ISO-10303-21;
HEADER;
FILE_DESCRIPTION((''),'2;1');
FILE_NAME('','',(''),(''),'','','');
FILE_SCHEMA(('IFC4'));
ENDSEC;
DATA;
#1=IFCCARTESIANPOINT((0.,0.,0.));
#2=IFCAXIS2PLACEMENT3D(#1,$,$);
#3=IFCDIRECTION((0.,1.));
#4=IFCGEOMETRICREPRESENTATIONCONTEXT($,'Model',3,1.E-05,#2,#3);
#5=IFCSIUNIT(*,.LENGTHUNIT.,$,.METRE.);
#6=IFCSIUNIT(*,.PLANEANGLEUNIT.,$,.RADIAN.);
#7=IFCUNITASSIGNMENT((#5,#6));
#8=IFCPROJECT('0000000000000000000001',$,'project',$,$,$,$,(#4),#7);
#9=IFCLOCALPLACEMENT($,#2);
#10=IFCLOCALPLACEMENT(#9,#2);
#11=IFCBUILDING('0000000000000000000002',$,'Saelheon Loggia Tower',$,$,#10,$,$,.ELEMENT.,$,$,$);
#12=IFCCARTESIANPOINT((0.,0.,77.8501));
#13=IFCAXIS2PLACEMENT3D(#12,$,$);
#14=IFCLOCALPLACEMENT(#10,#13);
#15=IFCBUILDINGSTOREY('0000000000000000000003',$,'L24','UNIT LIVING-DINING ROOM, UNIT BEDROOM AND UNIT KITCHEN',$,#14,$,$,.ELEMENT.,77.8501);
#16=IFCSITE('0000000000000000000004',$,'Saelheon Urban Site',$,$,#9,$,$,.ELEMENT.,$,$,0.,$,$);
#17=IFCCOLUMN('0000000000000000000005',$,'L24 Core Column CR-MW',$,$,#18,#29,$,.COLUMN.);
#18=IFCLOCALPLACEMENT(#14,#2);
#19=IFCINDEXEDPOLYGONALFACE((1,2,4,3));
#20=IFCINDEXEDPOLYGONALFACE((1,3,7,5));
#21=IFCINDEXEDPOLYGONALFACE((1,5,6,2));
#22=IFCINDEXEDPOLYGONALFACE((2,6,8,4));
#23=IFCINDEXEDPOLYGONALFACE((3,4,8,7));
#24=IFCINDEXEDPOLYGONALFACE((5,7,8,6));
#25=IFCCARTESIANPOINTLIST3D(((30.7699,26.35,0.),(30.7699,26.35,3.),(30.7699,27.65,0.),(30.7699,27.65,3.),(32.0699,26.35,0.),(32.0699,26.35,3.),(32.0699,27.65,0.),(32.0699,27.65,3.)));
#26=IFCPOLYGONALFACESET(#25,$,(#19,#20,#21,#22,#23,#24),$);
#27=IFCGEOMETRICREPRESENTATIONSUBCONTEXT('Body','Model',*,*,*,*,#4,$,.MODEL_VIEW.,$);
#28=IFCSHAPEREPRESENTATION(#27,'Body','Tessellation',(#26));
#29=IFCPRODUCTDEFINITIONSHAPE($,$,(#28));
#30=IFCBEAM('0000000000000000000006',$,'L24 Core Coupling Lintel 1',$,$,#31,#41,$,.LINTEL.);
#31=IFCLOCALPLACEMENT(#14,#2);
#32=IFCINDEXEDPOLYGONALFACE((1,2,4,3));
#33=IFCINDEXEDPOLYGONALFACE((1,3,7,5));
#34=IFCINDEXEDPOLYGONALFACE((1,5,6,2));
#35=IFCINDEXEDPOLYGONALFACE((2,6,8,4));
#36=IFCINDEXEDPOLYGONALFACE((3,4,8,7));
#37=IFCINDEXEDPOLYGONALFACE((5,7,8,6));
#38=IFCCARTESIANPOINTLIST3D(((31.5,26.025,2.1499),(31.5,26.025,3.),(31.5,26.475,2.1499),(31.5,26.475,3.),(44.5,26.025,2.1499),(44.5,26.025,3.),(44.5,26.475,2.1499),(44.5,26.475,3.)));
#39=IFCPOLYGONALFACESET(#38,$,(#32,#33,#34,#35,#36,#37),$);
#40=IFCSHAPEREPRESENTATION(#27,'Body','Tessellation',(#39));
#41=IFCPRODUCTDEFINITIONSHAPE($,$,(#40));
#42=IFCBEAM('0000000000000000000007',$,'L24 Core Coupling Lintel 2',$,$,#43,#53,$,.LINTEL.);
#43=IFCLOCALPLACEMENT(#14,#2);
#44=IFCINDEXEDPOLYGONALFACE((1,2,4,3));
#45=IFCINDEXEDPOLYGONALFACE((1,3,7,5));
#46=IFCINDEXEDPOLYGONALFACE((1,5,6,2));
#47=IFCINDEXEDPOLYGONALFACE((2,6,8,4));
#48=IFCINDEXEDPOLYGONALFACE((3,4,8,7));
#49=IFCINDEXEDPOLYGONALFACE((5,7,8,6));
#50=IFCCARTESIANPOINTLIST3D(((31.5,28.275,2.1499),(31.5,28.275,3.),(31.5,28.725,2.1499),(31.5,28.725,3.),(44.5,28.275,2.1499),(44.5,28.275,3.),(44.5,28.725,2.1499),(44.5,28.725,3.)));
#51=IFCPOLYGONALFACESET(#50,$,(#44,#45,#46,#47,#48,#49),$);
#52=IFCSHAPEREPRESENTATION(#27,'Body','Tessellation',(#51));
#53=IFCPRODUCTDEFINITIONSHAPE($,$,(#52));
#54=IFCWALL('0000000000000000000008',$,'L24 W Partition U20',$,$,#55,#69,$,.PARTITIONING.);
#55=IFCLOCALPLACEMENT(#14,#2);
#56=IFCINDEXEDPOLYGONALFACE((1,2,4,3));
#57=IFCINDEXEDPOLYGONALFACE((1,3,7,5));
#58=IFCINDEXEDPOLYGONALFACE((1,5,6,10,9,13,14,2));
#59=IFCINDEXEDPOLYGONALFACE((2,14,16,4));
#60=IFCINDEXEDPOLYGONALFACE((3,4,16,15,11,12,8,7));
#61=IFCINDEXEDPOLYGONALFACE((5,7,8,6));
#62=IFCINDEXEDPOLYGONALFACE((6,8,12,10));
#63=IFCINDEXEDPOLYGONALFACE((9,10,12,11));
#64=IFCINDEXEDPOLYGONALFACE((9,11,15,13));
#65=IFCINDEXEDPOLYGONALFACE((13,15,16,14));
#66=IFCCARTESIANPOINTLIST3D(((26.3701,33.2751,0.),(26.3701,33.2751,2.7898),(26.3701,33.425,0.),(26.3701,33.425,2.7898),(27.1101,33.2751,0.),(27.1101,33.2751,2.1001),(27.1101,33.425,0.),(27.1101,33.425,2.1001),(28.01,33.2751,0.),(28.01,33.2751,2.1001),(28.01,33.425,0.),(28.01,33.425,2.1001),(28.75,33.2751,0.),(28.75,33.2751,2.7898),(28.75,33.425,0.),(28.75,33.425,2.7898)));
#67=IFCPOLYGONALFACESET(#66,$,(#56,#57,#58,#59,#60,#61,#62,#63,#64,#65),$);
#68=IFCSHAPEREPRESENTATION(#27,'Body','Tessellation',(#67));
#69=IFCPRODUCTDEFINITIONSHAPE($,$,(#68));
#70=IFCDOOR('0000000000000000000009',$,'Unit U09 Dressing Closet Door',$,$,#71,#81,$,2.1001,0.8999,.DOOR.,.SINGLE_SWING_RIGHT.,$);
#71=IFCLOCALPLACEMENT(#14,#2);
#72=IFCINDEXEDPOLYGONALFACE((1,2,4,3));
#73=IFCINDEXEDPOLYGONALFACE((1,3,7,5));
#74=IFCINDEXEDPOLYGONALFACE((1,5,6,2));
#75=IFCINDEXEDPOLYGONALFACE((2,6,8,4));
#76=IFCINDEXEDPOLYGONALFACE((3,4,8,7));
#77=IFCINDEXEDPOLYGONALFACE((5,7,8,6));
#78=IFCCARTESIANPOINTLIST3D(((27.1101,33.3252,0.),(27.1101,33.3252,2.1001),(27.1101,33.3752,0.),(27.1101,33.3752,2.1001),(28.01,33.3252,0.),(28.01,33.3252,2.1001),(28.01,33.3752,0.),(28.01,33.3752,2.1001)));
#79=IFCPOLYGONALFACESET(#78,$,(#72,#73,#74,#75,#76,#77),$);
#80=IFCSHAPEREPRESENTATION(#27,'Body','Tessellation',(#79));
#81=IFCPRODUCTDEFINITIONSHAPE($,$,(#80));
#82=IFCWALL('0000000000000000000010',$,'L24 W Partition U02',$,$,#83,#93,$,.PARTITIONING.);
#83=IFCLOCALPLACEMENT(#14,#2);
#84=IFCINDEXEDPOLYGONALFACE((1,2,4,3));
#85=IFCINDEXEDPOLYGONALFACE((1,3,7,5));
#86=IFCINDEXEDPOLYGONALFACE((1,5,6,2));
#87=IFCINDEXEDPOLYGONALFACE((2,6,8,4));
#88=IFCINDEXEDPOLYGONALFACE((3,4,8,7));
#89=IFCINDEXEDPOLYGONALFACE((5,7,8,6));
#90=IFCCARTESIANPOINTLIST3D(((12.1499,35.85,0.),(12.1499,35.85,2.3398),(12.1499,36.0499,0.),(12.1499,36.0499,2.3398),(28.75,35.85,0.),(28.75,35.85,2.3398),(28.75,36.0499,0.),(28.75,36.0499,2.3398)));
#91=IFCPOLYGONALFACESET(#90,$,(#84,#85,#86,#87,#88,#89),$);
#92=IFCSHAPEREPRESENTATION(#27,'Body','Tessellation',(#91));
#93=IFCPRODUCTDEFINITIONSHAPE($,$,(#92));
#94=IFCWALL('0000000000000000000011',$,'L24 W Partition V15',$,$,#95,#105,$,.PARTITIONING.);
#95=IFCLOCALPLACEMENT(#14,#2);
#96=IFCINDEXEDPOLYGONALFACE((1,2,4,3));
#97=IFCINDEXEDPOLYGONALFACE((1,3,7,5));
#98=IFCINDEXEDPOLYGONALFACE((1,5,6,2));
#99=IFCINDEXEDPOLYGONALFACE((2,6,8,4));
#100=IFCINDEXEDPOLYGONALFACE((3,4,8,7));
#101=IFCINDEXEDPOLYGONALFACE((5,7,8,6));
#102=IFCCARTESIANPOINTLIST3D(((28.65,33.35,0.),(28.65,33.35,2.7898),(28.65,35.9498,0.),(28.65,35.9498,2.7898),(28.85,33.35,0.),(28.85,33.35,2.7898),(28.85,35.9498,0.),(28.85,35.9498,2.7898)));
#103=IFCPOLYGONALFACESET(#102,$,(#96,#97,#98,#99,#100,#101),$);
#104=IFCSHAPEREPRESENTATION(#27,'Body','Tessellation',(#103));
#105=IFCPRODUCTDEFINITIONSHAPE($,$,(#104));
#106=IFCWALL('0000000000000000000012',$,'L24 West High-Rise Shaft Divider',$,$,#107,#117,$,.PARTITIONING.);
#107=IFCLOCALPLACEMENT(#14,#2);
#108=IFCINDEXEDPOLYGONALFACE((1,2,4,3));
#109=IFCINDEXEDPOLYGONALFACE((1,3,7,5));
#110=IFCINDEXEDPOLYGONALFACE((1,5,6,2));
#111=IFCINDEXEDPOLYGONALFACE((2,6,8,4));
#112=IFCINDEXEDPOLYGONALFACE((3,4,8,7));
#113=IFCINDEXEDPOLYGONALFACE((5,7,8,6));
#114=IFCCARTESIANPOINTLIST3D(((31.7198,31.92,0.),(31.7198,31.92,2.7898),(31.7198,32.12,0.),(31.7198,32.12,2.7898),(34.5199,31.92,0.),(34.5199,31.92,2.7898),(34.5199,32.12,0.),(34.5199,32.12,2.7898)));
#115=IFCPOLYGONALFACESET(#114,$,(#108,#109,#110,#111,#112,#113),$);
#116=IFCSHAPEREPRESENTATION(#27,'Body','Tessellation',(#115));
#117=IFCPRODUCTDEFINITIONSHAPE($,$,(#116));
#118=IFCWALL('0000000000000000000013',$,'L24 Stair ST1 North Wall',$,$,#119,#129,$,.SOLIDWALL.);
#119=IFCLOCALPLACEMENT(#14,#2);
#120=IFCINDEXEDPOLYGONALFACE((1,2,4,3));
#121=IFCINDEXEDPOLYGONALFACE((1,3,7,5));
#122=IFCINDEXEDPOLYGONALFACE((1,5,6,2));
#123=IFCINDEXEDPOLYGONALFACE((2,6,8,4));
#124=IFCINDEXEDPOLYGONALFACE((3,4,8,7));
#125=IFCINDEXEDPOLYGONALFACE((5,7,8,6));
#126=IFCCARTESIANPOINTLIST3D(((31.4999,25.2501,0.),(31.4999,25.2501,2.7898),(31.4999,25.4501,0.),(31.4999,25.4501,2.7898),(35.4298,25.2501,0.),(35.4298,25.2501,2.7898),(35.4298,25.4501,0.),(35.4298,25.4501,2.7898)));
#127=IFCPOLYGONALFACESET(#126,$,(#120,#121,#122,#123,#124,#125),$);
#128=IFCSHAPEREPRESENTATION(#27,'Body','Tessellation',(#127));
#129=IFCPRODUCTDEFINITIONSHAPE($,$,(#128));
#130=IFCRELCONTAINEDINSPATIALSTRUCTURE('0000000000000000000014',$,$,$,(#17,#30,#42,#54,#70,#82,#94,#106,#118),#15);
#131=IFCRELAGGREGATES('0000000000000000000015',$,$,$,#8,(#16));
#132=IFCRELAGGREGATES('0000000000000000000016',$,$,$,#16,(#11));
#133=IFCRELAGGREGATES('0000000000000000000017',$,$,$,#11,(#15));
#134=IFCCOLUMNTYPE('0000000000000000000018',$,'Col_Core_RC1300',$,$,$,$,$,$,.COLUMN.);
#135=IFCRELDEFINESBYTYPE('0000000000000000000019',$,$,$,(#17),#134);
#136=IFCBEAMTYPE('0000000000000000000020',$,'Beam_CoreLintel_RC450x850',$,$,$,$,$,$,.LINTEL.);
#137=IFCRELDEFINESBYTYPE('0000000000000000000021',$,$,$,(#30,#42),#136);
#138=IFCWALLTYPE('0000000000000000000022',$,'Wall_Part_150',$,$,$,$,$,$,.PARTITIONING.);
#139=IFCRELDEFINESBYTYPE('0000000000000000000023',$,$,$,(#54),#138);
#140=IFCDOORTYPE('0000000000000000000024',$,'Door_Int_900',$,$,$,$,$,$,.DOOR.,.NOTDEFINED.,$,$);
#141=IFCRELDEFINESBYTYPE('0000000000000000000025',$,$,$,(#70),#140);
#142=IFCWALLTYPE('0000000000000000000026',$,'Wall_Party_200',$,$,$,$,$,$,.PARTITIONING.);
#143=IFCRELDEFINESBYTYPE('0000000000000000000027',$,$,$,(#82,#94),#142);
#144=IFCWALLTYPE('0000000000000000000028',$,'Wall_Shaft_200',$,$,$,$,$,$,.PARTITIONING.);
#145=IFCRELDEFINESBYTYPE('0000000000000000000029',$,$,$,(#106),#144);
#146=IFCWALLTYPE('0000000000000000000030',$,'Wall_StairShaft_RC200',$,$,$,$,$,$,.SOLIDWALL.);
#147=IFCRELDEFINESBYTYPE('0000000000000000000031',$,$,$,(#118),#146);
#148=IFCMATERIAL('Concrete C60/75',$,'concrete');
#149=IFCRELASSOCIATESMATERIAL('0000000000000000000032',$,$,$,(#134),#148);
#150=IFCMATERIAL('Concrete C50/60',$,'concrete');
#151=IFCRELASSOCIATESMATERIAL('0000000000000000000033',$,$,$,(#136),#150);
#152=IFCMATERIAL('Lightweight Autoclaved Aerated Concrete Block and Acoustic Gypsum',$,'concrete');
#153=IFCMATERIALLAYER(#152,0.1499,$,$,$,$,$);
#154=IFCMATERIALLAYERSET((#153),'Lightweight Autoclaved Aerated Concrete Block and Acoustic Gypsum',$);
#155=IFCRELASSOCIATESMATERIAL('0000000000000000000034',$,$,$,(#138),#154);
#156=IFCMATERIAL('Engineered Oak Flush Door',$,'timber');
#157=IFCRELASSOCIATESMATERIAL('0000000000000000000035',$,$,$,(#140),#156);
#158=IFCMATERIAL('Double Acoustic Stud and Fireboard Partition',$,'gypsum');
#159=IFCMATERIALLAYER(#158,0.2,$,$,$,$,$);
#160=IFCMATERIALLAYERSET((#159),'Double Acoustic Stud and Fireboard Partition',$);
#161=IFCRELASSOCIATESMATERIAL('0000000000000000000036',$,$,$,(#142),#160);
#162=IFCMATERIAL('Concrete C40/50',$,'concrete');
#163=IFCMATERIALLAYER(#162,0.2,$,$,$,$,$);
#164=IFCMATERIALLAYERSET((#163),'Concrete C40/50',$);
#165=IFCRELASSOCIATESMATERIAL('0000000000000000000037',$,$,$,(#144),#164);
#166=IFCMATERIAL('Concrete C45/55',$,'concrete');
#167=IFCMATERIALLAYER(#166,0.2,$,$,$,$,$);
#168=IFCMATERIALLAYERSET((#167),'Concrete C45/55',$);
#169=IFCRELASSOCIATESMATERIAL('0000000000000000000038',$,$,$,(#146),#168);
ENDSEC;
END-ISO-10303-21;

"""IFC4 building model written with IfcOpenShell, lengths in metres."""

from ifc_helpers import new_model, si_unit, direction, frame, frame_2d, origin, origin_2d, place, context, subcontext, project, spatial, rectangle, extrude, source, transform, mapped, material, layer, layer_set, material_profile, profile_set, type_object, element, fill, save


model = new_model("IFC4")

# Units and contexts
model_context = context("Model", 3, precision=1e-05, world=origin(), true_north=direction((0.0, 1.0)))
body_context = subcontext(model_context, "Body", "Model", "MODEL_VIEW")
ifc_project = project(units=[si_unit("LENGTHUNIT", "METRE"), si_unit("PLANEANGLEUNIT", "RADIAN")], contexts=[model_context])

# Site, building, storey
site_placement = place(None, origin())
site = spatial("IfcSite", under=ifc_project, at=site_placement, Name="Saelheon Urban Site", CompositionType="ELEMENT", RefElevation=0.0)
building_placement = place(site_placement, origin())
building = spatial("IfcBuilding", under=site, at=building_placement, Name="Saelheon Loggia Tower", CompositionType="ELEMENT")
storey_placement = place(building_placement, frame((0.0, 0.0, 77.8501)))
storey = spatial("IfcBuildingStorey", under=building, at=storey_placement, Name="L24", Description="UNIT LIVING-DINING ROOM, UNIT BEDROOM AND UNIT KITCHEN", CompositionType="ELEMENT", Elevation=77.8501)

# Column
ifc_material_1 = material(Name="Concrete C60/75", Category="concrete")
ifc_material_profile_1 = material_profile(ifc_material_1, rectangle(XDim=1.3, YDim=1.3, at=origin_2d()), Name="RC-1300x1300")
ifc_profile_set_1 = profile_set([ifc_material_profile_1], Name="Concrete C60/75")
column_type = type_object("IfcColumnType", Name="Col_Core_RC1300", PredefinedType="COLUMN", material=ifc_profile_set_1)
shared_shape_1 = source(origin(), body_context, "Body", "SweptSolid", [
    extrude(rectangle(XDim=1.3, YDim=1.3, at=origin_2d()), origin(), (0.0, 0.0, 1.0), 3.0),
])
column_placement = place(storey_placement, frame((31.4199, 27.0, 0.0), z_axis=(0.0, 0.0, 1.0), x_axis=(1.0, 0.0, 0.0)))
element("IfcColumn", 1, at=column_placement, inside=storey, type_object=column_type, Name="L24 Core Column CR-MW", PredefinedType="COLUMN", context=body_context, shape_type="MappedRepresentation", body=[
    mapped(shared_shape_1, transform((0.0, 0.0, 0.0), scale=1.0)),
])

# Beams
ifc_material_2 = material(Name="Concrete C50/60", Category="concrete")
ifc_material_profile_2 = material_profile(ifc_material_2, rectangle(XDim=0.45, YDim=0.8501, at=origin_2d()), Name="RC-450x850")
ifc_profile_set_2 = profile_set([ifc_material_profile_2], Name="Concrete C50/60")
beam_type = type_object("IfcBeamType", Name="Beam_CoreLintel_RC450x850", PredefinedType="LINTEL", material=ifc_profile_set_2)
shared_shape_2 = source(origin(), body_context, "Body", "SweptSolid", [
    extrude(rectangle(XDim=0.45, YDim=0.8501, at=origin_2d()), origin(), (0.0, 0.0, 1.0), 13.0),
])
for number, where, z_axis, x_axis, name in (
    (2, (31.5, 26.25, 2.575), (1.0, 0.0, 0.0), (0.0, 1.0, 0.0), "L24 Core Coupling Lintel 1"),
    (3, (31.5, 28.5, 2.575), (1.0, 0.0, 0.0), (0.0, 1.0, 0.0), "L24 Core Coupling Lintel 2"),
):
    element("IfcBeam", number, at=place(storey_placement, frame(where, z_axis=z_axis, x_axis=x_axis)), inside=storey, type_object=beam_type, Name=name, PredefinedType="LINTEL", context=body_context, shape_type="MappedRepresentation", body=[
        mapped(shared_shape_2, transform((0.0, 0.0, 0.0), scale=1.0)),
    ])

# Wall, opening, door
ifc_material_3 = material(Name="Lightweight Autoclaved Aerated Concrete Block and Acoustic Gypsum", Category="concrete")
ifc_layer_1 = layer(ifc_material_3, 0.1499)
ifc_layer_set_1 = layer_set([ifc_layer_1], Name="Lightweight Autoclaved Aerated Concrete Block and Acoustic Gypsum")
wall_type_1 = type_object("IfcWallType", Name="Wall_Part_150", PredefinedType="PARTITIONING", material=ifc_layer_set_1)
wall_1_placement = place(storey_placement, frame((28.75, 33.3501, 0.0), z_axis=(0.0, 0.0, 1.0), x_axis=(-1.0, 0.0, 0.0)))
wall_1 = element("IfcWall", 4, at=wall_1_placement, inside=storey, type_object=wall_type_1, Name="L24 W Partition U20", PredefinedType="PARTITIONING", context=body_context, shape_type="SweptSolid", body=[
    extrude(rectangle(XDim=2.3799, YDim=0.1499, at=frame_2d((1.1899, 0.0))), origin(), (0.0, 0.0, 1.0), 2.7898),
])
opening_1_placement = place(wall_1_placement, frame((0.74, 0.0, 0.0)))
opening_1 = element("IfcOpeningElement", 5, at=opening_1_placement, cuts=wall_1, PredefinedType="OPENING", context=body_context, shape_type="SweptSolid", body=[
    extrude(rectangle(XDim=0.8999, YDim=2.1001, at=frame_2d((0.45, 1.05))), frame((0.0, 0.0869, 0.0), z_axis=(0.0, -1.0, 0.0), x_axis=(1.0, 0.0, 0.0)), (0.0, 0.0, 1.0), 0.1738),
])
ifc_material_4 = material(Name="Engineered Oak Flush Door", Category="timber")
door_type_1 = type_object("IfcDoorType", Name="Door_Int_900", OperationType="NOTDEFINED", PredefinedType="DOOR", material=ifc_material_4)
shared_shape_3 = source(origin(), body_context, "Body", "SweptSolid", [
    extrude(rectangle(XDim=0.8999, YDim=2.1001, at=frame_2d((0.45, 1.05))), frame((0.0, 0.0249, 0.0), z_axis=(0.0, -1.0, 0.0), x_axis=(1.0, 0.0, 0.0)), (0.0, 0.0, 1.0), 0.05),
])
door_1_placement = place(opening_1_placement, origin())
door_1 = element("IfcDoor", 6, at=door_1_placement, inside=storey, type_object=door_type_1, Name="Unit U09 Dressing Closet Door", OperationType="SINGLE_SWING_RIGHT", OverallHeight=2.1001, OverallWidth=0.8999, PredefinedType="DOOR", context=body_context, shape_type="MappedRepresentation", body=[
    mapped(shared_shape_3, transform((0.0, 0.0, 0.0), scale=1.0)),
])
fill(opening_1, door_1)

# Walls
ifc_material_5 = material(Name="Double Acoustic Stud and Fireboard Partition", Category="gypsum")
ifc_layer_2 = layer(ifc_material_5, 0.2)
ifc_layer_set_2 = layer_set([ifc_layer_2], Name="Double Acoustic Stud and Fireboard Partition")
wall_type_2 = type_object("IfcWallType", Name="Wall_Party_200", PredefinedType="PARTITIONING", material=ifc_layer_set_2)
wall_2_placement = place(storey_placement, frame((28.75, 35.95, 0.0), z_axis=(0.0, 0.0, 1.0), x_axis=(-1.0, 0.0, 0.0)))
element("IfcWall", 7, at=wall_2_placement, inside=storey, type_object=wall_type_2, Name="L24 W Partition U02", PredefinedType="PARTITIONING", context=body_context, shape_type="SweptSolid", body=[
    extrude(rectangle(XDim=16.6001, YDim=0.2, at=frame_2d((8.3, 0.0))), origin(), (0.0, 0.0, 1.0), 2.3398),
])
wall_3_placement = place(storey_placement, frame((28.75, 33.3501, 0.0), z_axis=(0.0, 0.0, 1.0), x_axis=(0.0, 1.0, 0.0)))
element("IfcWall", 8, at=wall_3_placement, inside=storey, type_object=wall_type_2, Name="L24 W Partition V15", PredefinedType="PARTITIONING", context=body_context, shape_type="SweptSolid", body=[
    extrude(rectangle(XDim=2.5999, YDim=0.2, at=frame_2d((1.2998, 0.0))), origin(), (0.0, 0.0, 1.0), 2.7898),
])

# Shared definitions
ifc_material_6 = material(Name="Concrete C40/50", Category="concrete")
ifc_layer_3 = layer(ifc_material_6, 0.2)
ifc_layer_set_3 = layer_set([ifc_layer_3], Name="Concrete C40/50")
wall_type_3 = type_object("IfcWallType", Name="Wall_Shaft_200", PredefinedType="PARTITIONING", material=ifc_layer_set_3)

# Walls
wall_4_placement = place(storey_placement, frame((31.72, 32.02, 0.0), z_axis=(0.0, 0.0, 1.0), x_axis=(1.0, 0.0, 0.0)))
element("IfcWall", 9, at=wall_4_placement, inside=storey, type_object=wall_type_3, Name="L24 West High-Rise Shaft Divider", PredefinedType="PARTITIONING", context=body_context, shape_type="SweptSolid", body=[
    extrude(rectangle(XDim=2.8, YDim=0.2, at=frame_2d((1.3999, 0.0))), origin(), (0.0, 0.0, 1.0), 2.7898),
])
ifc_material_7 = material(Name="Concrete C45/55", Category="concrete")
ifc_layer_4 = layer(ifc_material_7, 0.2)
ifc_layer_set_4 = layer_set([ifc_layer_4], Name="Concrete C45/55")
wall_type_4 = type_object("IfcWallType", Name="Wall_StairShaft_RC200", PredefinedType="SOLIDWALL", material=ifc_layer_set_4)
wall_5_placement = place(storey_placement, frame((31.5, 25.3501, 0.0), z_axis=(0.0, 0.0, 1.0), x_axis=(1.0, 0.0, 0.0)))
element("IfcWall", 10, at=wall_5_placement, inside=storey, type_object=wall_type_4, Name="L24 Stair ST1 North Wall", PredefinedType="SOLIDWALL", context=body_context, shape_type="SweptSolid", body=[
    extrude(rectangle(XDim=3.9299, YDim=0.2, at=frame_2d((1.9648, 0.0))), origin(), (0.0, 0.0, 1.0), 2.7898),
])

save(model, "model.ifc")
